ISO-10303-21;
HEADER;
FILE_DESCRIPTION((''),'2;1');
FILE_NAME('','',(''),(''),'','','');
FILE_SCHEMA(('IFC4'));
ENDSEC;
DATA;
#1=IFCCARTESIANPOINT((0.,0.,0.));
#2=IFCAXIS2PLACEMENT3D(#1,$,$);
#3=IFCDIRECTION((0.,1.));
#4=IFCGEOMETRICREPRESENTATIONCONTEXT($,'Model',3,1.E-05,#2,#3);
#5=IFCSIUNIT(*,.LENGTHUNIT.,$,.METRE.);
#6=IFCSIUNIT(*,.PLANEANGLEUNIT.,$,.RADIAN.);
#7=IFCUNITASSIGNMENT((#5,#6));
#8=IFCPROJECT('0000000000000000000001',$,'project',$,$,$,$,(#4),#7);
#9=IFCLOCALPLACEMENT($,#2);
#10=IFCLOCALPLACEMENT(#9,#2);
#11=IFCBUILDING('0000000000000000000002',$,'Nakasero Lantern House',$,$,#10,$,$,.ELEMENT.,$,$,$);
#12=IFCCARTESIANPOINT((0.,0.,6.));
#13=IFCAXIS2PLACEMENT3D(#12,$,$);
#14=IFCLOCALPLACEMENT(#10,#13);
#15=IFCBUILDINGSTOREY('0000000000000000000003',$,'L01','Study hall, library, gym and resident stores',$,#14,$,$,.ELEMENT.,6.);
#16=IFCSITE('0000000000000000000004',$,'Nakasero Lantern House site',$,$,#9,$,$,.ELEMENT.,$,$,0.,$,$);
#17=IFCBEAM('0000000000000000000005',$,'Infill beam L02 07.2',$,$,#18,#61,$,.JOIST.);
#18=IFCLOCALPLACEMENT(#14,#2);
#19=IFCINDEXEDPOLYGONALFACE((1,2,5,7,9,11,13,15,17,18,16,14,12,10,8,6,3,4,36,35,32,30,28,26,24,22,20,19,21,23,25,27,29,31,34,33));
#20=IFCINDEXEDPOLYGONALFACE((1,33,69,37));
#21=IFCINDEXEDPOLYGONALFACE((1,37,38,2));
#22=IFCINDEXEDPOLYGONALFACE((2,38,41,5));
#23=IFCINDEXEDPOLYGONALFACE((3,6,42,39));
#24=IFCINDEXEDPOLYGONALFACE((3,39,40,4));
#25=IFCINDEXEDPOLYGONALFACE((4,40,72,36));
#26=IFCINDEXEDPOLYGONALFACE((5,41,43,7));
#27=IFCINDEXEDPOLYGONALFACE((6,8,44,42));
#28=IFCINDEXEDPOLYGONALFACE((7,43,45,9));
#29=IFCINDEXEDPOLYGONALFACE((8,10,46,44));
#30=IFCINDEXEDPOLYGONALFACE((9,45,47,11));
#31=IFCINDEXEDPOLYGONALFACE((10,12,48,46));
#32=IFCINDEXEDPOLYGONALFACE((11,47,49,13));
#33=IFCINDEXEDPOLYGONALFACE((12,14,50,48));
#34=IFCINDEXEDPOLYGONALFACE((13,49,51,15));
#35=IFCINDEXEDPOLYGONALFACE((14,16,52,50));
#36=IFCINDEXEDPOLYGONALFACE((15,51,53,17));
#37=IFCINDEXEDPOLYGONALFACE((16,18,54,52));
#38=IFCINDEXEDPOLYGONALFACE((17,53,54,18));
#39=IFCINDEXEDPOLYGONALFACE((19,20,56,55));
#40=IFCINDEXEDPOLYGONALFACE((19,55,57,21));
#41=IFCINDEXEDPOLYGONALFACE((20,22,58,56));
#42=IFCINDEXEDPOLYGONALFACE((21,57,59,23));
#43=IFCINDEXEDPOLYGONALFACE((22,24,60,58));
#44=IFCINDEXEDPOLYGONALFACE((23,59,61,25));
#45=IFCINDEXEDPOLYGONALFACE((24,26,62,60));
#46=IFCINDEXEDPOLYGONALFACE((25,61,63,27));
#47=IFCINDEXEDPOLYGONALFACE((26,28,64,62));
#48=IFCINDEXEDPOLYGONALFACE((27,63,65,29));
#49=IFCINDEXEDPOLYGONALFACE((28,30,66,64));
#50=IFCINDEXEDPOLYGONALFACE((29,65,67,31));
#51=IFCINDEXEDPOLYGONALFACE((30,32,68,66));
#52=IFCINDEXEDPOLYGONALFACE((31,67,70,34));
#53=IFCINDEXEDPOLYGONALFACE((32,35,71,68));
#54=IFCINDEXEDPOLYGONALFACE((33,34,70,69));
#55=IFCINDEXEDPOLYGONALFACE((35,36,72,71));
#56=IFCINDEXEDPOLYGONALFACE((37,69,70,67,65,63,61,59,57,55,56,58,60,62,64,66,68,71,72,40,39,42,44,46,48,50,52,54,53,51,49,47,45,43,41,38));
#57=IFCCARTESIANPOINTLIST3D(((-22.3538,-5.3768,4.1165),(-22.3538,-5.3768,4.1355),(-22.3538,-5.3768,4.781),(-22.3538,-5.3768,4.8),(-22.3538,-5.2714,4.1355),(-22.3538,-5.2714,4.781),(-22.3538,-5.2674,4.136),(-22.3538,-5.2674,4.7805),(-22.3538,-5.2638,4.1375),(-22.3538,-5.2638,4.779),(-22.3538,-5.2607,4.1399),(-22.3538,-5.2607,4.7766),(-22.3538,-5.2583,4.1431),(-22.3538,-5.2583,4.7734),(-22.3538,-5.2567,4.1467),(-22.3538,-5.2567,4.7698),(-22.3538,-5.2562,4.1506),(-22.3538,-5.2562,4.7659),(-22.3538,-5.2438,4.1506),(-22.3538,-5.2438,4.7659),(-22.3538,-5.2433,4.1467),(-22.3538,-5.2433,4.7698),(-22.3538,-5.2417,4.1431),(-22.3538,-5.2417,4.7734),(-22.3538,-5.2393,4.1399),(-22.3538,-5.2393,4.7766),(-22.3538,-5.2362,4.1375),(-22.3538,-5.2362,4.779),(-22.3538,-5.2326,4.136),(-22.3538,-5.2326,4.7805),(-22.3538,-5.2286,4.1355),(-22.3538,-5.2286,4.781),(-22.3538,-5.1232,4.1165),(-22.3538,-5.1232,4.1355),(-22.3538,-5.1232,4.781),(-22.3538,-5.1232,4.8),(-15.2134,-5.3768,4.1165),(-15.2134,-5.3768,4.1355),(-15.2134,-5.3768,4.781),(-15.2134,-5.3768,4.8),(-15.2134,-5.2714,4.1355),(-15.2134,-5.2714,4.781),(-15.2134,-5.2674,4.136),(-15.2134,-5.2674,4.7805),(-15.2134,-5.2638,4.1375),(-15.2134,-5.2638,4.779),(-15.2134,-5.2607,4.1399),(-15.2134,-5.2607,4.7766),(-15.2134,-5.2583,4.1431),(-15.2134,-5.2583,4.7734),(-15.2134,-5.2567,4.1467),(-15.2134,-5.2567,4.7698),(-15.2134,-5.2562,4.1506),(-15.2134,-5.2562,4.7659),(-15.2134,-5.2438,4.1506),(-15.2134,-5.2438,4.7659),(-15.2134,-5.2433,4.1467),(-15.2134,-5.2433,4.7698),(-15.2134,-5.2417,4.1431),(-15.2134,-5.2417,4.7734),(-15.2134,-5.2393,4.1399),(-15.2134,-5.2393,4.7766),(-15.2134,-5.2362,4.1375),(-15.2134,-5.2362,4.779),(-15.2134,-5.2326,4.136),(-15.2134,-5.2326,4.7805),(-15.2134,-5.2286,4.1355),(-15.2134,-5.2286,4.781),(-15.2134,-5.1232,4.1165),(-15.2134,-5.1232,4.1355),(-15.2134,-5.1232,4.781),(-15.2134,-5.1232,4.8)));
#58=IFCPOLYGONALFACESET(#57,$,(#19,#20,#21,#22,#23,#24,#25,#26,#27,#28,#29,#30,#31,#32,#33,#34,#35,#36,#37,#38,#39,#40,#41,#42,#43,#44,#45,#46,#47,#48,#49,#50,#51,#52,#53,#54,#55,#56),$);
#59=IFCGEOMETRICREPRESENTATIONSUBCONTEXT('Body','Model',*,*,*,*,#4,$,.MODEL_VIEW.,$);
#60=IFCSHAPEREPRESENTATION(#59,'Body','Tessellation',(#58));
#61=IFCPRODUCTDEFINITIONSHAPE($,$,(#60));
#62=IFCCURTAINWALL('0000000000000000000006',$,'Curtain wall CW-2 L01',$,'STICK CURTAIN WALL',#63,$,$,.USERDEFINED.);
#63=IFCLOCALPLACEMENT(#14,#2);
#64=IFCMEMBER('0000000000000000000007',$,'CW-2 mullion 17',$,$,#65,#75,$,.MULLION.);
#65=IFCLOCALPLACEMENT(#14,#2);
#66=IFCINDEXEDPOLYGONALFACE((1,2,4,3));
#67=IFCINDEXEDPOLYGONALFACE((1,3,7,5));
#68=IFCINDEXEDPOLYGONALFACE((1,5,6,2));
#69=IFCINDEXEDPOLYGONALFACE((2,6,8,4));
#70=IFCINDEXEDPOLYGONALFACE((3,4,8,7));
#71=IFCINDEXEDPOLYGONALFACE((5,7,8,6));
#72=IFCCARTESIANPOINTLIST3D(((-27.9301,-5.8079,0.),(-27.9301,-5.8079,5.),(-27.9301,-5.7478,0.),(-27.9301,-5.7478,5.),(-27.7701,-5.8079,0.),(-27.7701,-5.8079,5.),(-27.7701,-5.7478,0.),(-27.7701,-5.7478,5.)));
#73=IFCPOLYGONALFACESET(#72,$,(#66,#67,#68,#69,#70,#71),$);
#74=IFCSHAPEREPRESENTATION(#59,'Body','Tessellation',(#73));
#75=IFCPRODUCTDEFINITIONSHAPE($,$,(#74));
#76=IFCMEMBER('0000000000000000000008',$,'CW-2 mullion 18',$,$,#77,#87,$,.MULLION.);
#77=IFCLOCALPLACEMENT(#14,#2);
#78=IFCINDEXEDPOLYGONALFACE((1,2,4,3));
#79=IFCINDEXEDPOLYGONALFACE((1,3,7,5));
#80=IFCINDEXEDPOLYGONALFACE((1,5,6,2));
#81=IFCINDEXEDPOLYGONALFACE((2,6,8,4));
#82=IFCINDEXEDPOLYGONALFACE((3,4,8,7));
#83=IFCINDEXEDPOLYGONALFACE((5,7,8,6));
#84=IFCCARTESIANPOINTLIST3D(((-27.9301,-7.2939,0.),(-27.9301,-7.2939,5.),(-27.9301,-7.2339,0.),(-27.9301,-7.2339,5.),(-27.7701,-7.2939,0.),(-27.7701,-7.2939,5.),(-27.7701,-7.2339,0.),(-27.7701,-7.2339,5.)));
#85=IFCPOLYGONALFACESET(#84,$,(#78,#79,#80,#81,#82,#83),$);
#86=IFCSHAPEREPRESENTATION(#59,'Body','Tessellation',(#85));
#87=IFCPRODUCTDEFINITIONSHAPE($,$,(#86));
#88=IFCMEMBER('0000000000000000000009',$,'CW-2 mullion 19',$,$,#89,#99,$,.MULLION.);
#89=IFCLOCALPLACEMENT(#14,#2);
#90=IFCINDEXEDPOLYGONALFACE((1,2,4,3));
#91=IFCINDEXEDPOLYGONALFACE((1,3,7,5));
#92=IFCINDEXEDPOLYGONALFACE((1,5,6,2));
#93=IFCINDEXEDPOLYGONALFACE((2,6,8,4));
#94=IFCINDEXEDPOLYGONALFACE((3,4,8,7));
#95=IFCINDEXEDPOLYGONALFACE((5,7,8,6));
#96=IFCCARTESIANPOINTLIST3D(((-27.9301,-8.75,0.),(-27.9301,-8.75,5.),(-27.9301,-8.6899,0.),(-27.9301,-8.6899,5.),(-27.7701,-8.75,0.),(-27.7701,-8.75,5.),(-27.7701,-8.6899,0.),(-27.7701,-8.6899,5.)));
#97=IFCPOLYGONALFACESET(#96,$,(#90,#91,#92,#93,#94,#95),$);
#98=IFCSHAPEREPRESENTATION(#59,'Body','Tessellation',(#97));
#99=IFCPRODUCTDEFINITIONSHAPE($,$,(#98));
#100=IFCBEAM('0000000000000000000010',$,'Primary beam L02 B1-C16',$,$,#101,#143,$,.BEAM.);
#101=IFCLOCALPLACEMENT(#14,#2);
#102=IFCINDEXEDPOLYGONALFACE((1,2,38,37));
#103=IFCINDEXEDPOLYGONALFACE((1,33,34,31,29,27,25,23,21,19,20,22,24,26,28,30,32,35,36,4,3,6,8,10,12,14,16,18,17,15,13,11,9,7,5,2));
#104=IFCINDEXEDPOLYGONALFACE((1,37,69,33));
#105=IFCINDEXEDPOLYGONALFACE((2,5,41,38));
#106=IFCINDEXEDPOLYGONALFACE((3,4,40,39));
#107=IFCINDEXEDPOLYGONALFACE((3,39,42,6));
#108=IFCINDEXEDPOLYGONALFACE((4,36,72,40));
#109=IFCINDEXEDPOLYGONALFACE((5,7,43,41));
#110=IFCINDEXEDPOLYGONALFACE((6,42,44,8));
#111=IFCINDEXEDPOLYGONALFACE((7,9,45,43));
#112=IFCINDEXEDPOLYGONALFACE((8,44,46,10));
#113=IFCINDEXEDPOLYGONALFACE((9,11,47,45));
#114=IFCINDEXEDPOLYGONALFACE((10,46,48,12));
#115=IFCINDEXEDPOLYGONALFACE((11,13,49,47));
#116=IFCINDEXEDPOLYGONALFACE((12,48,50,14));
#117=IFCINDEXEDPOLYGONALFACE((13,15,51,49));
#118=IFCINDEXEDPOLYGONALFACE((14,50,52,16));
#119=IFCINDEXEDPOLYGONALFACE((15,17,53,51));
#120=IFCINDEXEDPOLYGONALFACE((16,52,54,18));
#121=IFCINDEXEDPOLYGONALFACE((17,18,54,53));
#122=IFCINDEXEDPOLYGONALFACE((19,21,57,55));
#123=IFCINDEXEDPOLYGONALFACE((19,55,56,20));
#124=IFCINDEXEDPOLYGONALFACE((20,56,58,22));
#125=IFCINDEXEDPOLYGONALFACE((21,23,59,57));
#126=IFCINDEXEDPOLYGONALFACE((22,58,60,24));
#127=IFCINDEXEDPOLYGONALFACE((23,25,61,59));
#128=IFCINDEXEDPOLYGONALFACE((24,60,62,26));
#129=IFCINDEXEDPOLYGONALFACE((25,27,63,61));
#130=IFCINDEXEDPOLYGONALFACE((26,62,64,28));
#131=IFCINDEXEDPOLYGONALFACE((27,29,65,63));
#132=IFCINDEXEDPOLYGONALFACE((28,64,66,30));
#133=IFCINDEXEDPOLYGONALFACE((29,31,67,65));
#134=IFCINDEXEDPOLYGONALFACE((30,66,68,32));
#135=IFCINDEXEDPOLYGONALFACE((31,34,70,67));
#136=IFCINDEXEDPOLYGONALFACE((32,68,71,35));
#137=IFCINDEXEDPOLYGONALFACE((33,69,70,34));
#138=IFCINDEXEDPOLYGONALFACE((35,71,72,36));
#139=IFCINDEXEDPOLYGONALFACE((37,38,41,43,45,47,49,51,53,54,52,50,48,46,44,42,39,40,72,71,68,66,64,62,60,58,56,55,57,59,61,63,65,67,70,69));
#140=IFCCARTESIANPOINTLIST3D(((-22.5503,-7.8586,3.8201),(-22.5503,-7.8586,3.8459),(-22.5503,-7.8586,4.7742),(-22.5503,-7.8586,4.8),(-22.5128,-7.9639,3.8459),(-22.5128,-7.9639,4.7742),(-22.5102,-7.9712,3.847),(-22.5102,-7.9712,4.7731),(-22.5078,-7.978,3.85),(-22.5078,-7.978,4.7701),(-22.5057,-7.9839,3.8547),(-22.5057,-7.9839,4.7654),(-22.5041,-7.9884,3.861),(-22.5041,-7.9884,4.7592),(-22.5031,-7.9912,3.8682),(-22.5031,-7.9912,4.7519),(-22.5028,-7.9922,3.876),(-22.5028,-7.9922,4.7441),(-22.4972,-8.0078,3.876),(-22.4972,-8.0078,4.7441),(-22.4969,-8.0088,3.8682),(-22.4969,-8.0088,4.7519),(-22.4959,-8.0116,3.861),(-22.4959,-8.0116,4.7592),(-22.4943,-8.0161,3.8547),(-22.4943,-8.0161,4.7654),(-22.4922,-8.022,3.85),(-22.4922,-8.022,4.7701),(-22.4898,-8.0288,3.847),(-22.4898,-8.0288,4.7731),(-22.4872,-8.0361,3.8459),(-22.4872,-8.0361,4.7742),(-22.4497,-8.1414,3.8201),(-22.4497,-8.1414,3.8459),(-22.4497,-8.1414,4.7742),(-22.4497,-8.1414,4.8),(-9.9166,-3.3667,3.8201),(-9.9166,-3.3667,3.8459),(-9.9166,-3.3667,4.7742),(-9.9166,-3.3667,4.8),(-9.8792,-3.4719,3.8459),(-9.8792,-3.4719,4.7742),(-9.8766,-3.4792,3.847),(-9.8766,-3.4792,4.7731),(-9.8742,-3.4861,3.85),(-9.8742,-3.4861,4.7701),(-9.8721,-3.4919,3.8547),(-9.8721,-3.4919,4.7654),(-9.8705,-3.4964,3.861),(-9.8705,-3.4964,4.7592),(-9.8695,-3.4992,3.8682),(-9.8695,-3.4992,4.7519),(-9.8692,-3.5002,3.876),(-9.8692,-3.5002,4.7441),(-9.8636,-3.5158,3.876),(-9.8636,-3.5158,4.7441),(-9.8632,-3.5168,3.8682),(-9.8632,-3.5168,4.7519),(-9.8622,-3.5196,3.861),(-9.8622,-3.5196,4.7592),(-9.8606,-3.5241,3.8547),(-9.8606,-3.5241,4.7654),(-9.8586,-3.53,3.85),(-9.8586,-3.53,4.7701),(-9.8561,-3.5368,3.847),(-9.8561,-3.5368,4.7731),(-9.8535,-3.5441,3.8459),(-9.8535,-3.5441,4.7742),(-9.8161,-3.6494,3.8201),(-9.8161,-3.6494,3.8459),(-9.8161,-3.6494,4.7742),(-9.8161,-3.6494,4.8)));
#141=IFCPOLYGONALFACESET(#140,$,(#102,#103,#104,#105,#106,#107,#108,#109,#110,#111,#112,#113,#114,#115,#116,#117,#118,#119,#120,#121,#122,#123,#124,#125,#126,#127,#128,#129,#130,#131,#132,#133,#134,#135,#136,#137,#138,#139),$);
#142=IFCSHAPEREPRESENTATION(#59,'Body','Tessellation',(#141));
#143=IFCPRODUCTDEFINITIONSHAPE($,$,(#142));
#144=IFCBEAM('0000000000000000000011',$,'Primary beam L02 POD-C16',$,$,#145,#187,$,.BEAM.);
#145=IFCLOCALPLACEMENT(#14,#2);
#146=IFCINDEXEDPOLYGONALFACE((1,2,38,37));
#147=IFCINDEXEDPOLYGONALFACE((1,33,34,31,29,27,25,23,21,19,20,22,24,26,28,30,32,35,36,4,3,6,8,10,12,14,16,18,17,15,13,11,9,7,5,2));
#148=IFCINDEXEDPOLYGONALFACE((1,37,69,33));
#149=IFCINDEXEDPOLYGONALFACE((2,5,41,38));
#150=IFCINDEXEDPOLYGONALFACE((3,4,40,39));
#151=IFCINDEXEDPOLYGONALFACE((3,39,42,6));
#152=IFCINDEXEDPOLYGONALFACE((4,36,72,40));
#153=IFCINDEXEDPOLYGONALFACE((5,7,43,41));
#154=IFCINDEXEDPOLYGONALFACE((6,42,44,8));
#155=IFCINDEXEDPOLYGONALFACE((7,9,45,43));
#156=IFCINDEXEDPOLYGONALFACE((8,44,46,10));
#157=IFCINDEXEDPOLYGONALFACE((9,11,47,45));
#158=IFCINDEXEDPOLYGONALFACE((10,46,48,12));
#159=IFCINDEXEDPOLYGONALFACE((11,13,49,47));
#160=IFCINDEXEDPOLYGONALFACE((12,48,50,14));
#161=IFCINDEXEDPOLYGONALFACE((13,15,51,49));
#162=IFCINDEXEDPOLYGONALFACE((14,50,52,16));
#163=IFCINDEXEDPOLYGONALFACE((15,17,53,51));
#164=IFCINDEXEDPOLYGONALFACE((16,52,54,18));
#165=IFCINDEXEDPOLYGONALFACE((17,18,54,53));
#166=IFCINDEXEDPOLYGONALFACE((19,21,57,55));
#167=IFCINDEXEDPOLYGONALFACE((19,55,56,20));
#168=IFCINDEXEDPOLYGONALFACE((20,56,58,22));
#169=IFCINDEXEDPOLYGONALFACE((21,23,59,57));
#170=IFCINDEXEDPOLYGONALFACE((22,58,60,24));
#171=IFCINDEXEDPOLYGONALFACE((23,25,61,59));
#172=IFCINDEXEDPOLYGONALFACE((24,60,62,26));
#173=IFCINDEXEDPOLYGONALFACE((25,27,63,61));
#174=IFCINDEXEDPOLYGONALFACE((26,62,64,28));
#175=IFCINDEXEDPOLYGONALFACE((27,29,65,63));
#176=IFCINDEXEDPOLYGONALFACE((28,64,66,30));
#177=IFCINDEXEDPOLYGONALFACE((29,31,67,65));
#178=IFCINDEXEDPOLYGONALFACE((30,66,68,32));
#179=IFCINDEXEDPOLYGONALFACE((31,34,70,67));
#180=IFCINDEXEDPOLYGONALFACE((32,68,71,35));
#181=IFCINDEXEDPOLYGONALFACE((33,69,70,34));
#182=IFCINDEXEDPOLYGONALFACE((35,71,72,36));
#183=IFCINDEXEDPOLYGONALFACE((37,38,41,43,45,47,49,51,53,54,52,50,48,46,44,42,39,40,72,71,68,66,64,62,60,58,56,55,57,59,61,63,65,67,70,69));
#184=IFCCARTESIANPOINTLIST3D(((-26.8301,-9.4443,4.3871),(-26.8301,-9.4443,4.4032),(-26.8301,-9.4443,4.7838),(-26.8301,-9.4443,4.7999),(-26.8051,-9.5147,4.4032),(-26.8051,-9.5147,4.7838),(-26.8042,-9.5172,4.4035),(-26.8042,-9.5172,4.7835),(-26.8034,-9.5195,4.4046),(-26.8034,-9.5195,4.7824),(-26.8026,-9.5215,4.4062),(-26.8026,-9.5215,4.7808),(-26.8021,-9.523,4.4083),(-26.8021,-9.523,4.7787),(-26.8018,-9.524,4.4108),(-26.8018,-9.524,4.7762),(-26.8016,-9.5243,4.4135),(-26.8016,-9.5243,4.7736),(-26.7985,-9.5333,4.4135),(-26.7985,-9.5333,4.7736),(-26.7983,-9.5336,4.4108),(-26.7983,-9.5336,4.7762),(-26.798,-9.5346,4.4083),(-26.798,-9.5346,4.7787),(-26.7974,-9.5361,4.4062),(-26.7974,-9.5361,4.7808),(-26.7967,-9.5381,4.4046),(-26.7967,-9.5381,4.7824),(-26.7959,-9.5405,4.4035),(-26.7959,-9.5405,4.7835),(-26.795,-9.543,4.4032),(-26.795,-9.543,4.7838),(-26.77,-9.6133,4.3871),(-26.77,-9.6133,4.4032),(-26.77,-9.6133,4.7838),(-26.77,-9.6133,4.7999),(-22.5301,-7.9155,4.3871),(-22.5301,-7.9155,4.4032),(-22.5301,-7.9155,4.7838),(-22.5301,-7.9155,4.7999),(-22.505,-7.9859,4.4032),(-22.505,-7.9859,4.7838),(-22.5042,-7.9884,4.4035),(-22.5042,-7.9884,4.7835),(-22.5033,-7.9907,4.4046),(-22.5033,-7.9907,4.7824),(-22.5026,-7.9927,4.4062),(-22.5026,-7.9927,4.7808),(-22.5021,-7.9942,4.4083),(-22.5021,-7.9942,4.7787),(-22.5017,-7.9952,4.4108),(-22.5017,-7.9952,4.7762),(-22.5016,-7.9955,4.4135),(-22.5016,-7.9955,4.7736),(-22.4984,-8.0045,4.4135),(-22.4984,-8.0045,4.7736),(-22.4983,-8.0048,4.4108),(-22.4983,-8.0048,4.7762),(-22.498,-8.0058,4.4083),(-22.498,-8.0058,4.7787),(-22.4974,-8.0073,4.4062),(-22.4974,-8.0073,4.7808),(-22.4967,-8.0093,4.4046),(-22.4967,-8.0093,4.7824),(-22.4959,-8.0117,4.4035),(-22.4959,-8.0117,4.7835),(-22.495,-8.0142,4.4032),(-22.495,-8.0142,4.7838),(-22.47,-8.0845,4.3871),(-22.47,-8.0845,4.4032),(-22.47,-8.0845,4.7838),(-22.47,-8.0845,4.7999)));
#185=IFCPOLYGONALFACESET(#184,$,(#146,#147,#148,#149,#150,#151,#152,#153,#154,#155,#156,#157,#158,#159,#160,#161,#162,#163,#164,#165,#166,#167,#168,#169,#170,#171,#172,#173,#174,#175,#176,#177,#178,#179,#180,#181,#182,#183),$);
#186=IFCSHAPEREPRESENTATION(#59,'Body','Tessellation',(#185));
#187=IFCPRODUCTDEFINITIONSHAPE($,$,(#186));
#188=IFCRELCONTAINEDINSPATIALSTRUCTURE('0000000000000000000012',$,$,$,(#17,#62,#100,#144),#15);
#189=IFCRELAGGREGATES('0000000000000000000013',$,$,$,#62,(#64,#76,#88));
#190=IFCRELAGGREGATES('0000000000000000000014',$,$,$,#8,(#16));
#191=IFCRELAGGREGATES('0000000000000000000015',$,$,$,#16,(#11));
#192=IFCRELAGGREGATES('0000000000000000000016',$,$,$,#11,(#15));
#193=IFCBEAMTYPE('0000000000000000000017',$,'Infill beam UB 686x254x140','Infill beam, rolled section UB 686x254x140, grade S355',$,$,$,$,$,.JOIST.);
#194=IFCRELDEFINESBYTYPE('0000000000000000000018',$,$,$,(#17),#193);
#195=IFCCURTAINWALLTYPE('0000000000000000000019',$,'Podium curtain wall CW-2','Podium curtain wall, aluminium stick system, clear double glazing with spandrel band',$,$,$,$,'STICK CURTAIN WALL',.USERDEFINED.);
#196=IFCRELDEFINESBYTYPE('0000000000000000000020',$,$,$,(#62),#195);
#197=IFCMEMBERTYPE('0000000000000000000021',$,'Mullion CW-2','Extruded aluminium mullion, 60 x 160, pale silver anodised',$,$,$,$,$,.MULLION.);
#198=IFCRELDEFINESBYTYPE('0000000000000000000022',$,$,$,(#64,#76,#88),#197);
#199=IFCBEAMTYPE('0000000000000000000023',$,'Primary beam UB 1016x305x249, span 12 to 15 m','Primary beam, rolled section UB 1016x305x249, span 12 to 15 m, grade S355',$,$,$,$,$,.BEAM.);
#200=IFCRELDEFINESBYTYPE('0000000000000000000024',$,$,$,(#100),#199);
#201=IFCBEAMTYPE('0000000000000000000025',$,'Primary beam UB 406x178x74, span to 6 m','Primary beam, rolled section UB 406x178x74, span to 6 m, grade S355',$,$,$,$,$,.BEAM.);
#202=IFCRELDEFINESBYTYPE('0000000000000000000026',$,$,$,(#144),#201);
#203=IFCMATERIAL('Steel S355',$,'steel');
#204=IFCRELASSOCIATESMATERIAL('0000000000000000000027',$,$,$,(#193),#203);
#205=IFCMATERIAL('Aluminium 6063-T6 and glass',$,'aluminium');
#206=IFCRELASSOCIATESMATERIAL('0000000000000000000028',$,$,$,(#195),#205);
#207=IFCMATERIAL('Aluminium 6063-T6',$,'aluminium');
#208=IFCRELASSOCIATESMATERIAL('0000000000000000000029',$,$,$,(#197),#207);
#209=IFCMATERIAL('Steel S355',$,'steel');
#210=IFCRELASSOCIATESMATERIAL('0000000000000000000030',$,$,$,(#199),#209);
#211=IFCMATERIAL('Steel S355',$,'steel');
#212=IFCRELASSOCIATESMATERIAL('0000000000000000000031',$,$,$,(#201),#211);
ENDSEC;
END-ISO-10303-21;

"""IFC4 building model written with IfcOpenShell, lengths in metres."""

from ifc_helpers import new_model, si_unit, direction, frame, origin, origin_2d, place, context, subcontext, project, spatial, rectangle, i_section, extrude, material, material_profile, profile_set, type_object, element, aggregate, save


model = new_model("IFC4")

# Units and contexts
model_context = context("Model", 3, precision=1e-05, world=origin(), true_north=direction((0.0, 1.0)))
body_context = subcontext(model_context, "Body", "Model", "MODEL_VIEW")
ifc_project = project(units=[si_unit("LENGTHUNIT", "METRE"), si_unit("PLANEANGLEUNIT", "RADIAN")], contexts=[model_context])

# Site, building, storey
site_placement = place(None, origin())
site = spatial("IfcSite", under=ifc_project, at=site_placement, Name="Nakasero Lantern House site", CompositionType="ELEMENT", RefElevation=0.0)
building_placement = place(site_placement, origin())
building = spatial("IfcBuilding", under=site, at=building_placement, Name="Nakasero Lantern House", CompositionType="ELEMENT")
storey_placement = place(building_placement, frame((0.0, 0.0, 6.0)))
storey = spatial("IfcBuildingStorey", under=building, at=storey_placement, Name="L01", Description="Study hall, library, gym and resident stores", CompositionType="ELEMENT", Elevation=6.0)

# Beam
ifc_material_1 = material(Name="Steel S355", Category="steel")
ifc_material_profile_1 = material_profile(ifc_material_1, i_section(OverallWidth=0.2537, OverallDepth=0.6836, WebThickness=0.0125, FlangeThickness=0.019, FilletRadius=0.0151, at=origin_2d()), Name="UB 686x254x140")
ifc_profile_set_1 = profile_set([ifc_material_profile_1], Name="Steel S355")
beam_type_1 = type_object("IfcBeamType", Name="Infill beam UB 686x254x140", Description="Infill beam, rolled section UB 686x254x140, grade S355", PredefinedType="JOIST", material=ifc_profile_set_1)
beam_1_placement = place(storey_placement, frame((-22.3538, -5.25, 4.4583), z_axis=(1.0, 0.0, 0.0), x_axis=(0.0, 1.0, 0.0)))
element("IfcBeam", 1, at=beam_1_placement, inside=storey, type_object=beam_type_1, Name="Infill beam L02 07.2", PredefinedType="JOIST", context=body_context, shape_type="SweptSolid", body=[
    extrude(i_section(OverallWidth=0.2537, OverallDepth=0.6836, WebThickness=0.0125, FlangeThickness=0.019, FilletRadius=0.0151, at=origin_2d()), origin(), (0.0, 0.0, 1.0), 7.1404),
])

# Curtain wall, members
ifc_material_2 = material(Name="Aluminium 6063-T6 and glass", Category="aluminium")
curtain_wall_type = type_object("IfcCurtainWallType", Name="Podium curtain wall CW-2", Description="Podium curtain wall, aluminium stick system, clear double glazing with spandrel band", ElementType="STICK CURTAIN WALL", PredefinedType="USERDEFINED", material=ifc_material_2)
curtain_wall_placement = place(storey_placement, origin())
curtain_wall = element("IfcCurtainWall", 2, at=curtain_wall_placement, inside=storey, type_object=curtain_wall_type, Name="Curtain wall CW-2 L01", ObjectType="STICK CURTAIN WALL", PredefinedType="USERDEFINED")
ifc_material_3 = material(Name="Aluminium 6063-T6", Category="aluminium")
ifc_material_profile_2 = material_profile(ifc_material_3, rectangle(XDim=0.0601, YDim=0.1599, at=origin_2d()), Name="CW-2 mullion 60x160")
ifc_profile_set_2 = profile_set([ifc_material_profile_2], Name="Aluminium 6063-T6")
member_type_1 = type_object("IfcMemberType", Name="Mullion CW-2", Description="Extruded aluminium mullion, 60 x 160, pale silver anodised", PredefinedType="MULLION", material=ifc_profile_set_2)
member_1_placement = place(storey_placement, frame((-27.8501, -5.7778, 0.0), z_axis=(0.0, 0.0, 1.0), x_axis=(0.0, -1.0, 0.0)))
member_1 = element("IfcMember", 3, at=member_1_placement, type_object=member_type_1, Name="CW-2 mullion 17", PredefinedType="MULLION", context=body_context, shape_type="SweptSolid", body=[
    extrude(rectangle(XDim=0.0601, YDim=0.1599, at=origin_2d()), origin(), (0.0, 0.0, 1.0), 5.0),
])
member_2_placement = place(storey_placement, frame((-27.8501, -7.2639, 0.0), z_axis=(0.0, 0.0, 1.0), x_axis=(0.0, -1.0, 0.0)))
member_2 = element("IfcMember", 4, at=member_2_placement, type_object=member_type_1, Name="CW-2 mullion 18", PredefinedType="MULLION", context=body_context, shape_type="SweptSolid", body=[
    extrude(rectangle(XDim=0.0601, YDim=0.1599, at=origin_2d()), origin(), (0.0, 0.0, 1.0), 5.0),
])
member_3_placement = place(storey_placement, frame((-27.8501, -8.72, 0.0), z_axis=(0.0, 0.0, 1.0), x_axis=(0.0, -1.0, 0.0)))
member_3 = element("IfcMember", 5, at=member_3_placement, type_object=member_type_1, Name="CW-2 mullion 19", PredefinedType="MULLION", context=body_context, shape_type="SweptSolid", body=[
    extrude(rectangle(XDim=0.0601, YDim=0.1599, at=origin_2d()), origin(), (0.0, 0.0, 1.0), 5.0),
])

# Beams
ifc_material_4 = material(Name="Steel S355", Category="steel")
ifc_material_profile_3 = material_profile(ifc_material_4, i_section(OverallWidth=0.3, OverallDepth=0.98, WebThickness=0.0166, FlangeThickness=0.0259, FilletRadius=0.03, at=origin_2d()), Name="UB 1016x305x249")
ifc_profile_set_3 = profile_set([ifc_material_profile_3], Name="Steel S355")
beam_type_2 = type_object("IfcBeamType", Name="Primary beam UB 1016x305x249, span 12 to 15 m", Description="Primary beam, rolled section UB 1016x305x249, span 12 to 15 m, grade S355", PredefinedType="BEAM", material=ifc_profile_set_3)
beam_2_placement = place(storey_placement, frame((-22.5, -8.0, 4.3101), z_axis=(0.942214, 0.335011, 0.0), x_axis=(-0.335011, 0.942214, 0.0)))
element("IfcBeam", 6, at=beam_2_placement, inside=storey, type_object=beam_type_2, Name="Primary beam L02 B1-C16", PredefinedType="BEAM", context=body_context, shape_type="SweptSolid", body=[
    extrude(i_section(OverallWidth=0.3, OverallDepth=0.98, WebThickness=0.0166, FlangeThickness=0.0259, FilletRadius=0.03, at=origin_2d()), origin(), (0.0, 0.0, 1.0), 13.4084),
])
ifc_material_5 = material(Name="Steel S355", Category="steel")
ifc_material_profile_4 = material_profile(ifc_material_5, i_section(OverallWidth=0.1794, OverallDepth=0.4128, WebThickness=0.0095, FlangeThickness=0.0161, FilletRadius=0.0103, at=origin_2d()), Name="UB 406x178x74")
ifc_profile_set_4 = profile_set([ifc_material_profile_4], Name="Steel S355")
beam_type_3 = type_object("IfcBeamType", Name="Primary beam UB 406x178x74, span to 6 m", Description="Primary beam, rolled section UB 406x178x74, span to 6 m, grade S355", PredefinedType="BEAM", material=ifc_profile_set_4)
beam_3_placement = place(storey_placement, frame((-26.8, -9.5288, 4.5935), z_axis=(0.942221, 0.334991, 0.0), x_axis=(-0.334991, 0.942221, 0.0)))
element("IfcBeam", 7, at=beam_3_placement, inside=storey, type_object=beam_type_3, Name="Primary beam L02 POD-C16", PredefinedType="BEAM", context=body_context, shape_type="SweptSolid", body=[
    extrude(i_section(OverallWidth=0.1794, OverallDepth=0.4128, WebThickness=0.0095, FlangeThickness=0.0161, FilletRadius=0.0103, at=origin_2d()), origin(), (0.0, 0.0, 1.0), 4.5637),
])

aggregate(curtain_wall, [member_1, member_2, member_3])

save(model, "model.ifc")
